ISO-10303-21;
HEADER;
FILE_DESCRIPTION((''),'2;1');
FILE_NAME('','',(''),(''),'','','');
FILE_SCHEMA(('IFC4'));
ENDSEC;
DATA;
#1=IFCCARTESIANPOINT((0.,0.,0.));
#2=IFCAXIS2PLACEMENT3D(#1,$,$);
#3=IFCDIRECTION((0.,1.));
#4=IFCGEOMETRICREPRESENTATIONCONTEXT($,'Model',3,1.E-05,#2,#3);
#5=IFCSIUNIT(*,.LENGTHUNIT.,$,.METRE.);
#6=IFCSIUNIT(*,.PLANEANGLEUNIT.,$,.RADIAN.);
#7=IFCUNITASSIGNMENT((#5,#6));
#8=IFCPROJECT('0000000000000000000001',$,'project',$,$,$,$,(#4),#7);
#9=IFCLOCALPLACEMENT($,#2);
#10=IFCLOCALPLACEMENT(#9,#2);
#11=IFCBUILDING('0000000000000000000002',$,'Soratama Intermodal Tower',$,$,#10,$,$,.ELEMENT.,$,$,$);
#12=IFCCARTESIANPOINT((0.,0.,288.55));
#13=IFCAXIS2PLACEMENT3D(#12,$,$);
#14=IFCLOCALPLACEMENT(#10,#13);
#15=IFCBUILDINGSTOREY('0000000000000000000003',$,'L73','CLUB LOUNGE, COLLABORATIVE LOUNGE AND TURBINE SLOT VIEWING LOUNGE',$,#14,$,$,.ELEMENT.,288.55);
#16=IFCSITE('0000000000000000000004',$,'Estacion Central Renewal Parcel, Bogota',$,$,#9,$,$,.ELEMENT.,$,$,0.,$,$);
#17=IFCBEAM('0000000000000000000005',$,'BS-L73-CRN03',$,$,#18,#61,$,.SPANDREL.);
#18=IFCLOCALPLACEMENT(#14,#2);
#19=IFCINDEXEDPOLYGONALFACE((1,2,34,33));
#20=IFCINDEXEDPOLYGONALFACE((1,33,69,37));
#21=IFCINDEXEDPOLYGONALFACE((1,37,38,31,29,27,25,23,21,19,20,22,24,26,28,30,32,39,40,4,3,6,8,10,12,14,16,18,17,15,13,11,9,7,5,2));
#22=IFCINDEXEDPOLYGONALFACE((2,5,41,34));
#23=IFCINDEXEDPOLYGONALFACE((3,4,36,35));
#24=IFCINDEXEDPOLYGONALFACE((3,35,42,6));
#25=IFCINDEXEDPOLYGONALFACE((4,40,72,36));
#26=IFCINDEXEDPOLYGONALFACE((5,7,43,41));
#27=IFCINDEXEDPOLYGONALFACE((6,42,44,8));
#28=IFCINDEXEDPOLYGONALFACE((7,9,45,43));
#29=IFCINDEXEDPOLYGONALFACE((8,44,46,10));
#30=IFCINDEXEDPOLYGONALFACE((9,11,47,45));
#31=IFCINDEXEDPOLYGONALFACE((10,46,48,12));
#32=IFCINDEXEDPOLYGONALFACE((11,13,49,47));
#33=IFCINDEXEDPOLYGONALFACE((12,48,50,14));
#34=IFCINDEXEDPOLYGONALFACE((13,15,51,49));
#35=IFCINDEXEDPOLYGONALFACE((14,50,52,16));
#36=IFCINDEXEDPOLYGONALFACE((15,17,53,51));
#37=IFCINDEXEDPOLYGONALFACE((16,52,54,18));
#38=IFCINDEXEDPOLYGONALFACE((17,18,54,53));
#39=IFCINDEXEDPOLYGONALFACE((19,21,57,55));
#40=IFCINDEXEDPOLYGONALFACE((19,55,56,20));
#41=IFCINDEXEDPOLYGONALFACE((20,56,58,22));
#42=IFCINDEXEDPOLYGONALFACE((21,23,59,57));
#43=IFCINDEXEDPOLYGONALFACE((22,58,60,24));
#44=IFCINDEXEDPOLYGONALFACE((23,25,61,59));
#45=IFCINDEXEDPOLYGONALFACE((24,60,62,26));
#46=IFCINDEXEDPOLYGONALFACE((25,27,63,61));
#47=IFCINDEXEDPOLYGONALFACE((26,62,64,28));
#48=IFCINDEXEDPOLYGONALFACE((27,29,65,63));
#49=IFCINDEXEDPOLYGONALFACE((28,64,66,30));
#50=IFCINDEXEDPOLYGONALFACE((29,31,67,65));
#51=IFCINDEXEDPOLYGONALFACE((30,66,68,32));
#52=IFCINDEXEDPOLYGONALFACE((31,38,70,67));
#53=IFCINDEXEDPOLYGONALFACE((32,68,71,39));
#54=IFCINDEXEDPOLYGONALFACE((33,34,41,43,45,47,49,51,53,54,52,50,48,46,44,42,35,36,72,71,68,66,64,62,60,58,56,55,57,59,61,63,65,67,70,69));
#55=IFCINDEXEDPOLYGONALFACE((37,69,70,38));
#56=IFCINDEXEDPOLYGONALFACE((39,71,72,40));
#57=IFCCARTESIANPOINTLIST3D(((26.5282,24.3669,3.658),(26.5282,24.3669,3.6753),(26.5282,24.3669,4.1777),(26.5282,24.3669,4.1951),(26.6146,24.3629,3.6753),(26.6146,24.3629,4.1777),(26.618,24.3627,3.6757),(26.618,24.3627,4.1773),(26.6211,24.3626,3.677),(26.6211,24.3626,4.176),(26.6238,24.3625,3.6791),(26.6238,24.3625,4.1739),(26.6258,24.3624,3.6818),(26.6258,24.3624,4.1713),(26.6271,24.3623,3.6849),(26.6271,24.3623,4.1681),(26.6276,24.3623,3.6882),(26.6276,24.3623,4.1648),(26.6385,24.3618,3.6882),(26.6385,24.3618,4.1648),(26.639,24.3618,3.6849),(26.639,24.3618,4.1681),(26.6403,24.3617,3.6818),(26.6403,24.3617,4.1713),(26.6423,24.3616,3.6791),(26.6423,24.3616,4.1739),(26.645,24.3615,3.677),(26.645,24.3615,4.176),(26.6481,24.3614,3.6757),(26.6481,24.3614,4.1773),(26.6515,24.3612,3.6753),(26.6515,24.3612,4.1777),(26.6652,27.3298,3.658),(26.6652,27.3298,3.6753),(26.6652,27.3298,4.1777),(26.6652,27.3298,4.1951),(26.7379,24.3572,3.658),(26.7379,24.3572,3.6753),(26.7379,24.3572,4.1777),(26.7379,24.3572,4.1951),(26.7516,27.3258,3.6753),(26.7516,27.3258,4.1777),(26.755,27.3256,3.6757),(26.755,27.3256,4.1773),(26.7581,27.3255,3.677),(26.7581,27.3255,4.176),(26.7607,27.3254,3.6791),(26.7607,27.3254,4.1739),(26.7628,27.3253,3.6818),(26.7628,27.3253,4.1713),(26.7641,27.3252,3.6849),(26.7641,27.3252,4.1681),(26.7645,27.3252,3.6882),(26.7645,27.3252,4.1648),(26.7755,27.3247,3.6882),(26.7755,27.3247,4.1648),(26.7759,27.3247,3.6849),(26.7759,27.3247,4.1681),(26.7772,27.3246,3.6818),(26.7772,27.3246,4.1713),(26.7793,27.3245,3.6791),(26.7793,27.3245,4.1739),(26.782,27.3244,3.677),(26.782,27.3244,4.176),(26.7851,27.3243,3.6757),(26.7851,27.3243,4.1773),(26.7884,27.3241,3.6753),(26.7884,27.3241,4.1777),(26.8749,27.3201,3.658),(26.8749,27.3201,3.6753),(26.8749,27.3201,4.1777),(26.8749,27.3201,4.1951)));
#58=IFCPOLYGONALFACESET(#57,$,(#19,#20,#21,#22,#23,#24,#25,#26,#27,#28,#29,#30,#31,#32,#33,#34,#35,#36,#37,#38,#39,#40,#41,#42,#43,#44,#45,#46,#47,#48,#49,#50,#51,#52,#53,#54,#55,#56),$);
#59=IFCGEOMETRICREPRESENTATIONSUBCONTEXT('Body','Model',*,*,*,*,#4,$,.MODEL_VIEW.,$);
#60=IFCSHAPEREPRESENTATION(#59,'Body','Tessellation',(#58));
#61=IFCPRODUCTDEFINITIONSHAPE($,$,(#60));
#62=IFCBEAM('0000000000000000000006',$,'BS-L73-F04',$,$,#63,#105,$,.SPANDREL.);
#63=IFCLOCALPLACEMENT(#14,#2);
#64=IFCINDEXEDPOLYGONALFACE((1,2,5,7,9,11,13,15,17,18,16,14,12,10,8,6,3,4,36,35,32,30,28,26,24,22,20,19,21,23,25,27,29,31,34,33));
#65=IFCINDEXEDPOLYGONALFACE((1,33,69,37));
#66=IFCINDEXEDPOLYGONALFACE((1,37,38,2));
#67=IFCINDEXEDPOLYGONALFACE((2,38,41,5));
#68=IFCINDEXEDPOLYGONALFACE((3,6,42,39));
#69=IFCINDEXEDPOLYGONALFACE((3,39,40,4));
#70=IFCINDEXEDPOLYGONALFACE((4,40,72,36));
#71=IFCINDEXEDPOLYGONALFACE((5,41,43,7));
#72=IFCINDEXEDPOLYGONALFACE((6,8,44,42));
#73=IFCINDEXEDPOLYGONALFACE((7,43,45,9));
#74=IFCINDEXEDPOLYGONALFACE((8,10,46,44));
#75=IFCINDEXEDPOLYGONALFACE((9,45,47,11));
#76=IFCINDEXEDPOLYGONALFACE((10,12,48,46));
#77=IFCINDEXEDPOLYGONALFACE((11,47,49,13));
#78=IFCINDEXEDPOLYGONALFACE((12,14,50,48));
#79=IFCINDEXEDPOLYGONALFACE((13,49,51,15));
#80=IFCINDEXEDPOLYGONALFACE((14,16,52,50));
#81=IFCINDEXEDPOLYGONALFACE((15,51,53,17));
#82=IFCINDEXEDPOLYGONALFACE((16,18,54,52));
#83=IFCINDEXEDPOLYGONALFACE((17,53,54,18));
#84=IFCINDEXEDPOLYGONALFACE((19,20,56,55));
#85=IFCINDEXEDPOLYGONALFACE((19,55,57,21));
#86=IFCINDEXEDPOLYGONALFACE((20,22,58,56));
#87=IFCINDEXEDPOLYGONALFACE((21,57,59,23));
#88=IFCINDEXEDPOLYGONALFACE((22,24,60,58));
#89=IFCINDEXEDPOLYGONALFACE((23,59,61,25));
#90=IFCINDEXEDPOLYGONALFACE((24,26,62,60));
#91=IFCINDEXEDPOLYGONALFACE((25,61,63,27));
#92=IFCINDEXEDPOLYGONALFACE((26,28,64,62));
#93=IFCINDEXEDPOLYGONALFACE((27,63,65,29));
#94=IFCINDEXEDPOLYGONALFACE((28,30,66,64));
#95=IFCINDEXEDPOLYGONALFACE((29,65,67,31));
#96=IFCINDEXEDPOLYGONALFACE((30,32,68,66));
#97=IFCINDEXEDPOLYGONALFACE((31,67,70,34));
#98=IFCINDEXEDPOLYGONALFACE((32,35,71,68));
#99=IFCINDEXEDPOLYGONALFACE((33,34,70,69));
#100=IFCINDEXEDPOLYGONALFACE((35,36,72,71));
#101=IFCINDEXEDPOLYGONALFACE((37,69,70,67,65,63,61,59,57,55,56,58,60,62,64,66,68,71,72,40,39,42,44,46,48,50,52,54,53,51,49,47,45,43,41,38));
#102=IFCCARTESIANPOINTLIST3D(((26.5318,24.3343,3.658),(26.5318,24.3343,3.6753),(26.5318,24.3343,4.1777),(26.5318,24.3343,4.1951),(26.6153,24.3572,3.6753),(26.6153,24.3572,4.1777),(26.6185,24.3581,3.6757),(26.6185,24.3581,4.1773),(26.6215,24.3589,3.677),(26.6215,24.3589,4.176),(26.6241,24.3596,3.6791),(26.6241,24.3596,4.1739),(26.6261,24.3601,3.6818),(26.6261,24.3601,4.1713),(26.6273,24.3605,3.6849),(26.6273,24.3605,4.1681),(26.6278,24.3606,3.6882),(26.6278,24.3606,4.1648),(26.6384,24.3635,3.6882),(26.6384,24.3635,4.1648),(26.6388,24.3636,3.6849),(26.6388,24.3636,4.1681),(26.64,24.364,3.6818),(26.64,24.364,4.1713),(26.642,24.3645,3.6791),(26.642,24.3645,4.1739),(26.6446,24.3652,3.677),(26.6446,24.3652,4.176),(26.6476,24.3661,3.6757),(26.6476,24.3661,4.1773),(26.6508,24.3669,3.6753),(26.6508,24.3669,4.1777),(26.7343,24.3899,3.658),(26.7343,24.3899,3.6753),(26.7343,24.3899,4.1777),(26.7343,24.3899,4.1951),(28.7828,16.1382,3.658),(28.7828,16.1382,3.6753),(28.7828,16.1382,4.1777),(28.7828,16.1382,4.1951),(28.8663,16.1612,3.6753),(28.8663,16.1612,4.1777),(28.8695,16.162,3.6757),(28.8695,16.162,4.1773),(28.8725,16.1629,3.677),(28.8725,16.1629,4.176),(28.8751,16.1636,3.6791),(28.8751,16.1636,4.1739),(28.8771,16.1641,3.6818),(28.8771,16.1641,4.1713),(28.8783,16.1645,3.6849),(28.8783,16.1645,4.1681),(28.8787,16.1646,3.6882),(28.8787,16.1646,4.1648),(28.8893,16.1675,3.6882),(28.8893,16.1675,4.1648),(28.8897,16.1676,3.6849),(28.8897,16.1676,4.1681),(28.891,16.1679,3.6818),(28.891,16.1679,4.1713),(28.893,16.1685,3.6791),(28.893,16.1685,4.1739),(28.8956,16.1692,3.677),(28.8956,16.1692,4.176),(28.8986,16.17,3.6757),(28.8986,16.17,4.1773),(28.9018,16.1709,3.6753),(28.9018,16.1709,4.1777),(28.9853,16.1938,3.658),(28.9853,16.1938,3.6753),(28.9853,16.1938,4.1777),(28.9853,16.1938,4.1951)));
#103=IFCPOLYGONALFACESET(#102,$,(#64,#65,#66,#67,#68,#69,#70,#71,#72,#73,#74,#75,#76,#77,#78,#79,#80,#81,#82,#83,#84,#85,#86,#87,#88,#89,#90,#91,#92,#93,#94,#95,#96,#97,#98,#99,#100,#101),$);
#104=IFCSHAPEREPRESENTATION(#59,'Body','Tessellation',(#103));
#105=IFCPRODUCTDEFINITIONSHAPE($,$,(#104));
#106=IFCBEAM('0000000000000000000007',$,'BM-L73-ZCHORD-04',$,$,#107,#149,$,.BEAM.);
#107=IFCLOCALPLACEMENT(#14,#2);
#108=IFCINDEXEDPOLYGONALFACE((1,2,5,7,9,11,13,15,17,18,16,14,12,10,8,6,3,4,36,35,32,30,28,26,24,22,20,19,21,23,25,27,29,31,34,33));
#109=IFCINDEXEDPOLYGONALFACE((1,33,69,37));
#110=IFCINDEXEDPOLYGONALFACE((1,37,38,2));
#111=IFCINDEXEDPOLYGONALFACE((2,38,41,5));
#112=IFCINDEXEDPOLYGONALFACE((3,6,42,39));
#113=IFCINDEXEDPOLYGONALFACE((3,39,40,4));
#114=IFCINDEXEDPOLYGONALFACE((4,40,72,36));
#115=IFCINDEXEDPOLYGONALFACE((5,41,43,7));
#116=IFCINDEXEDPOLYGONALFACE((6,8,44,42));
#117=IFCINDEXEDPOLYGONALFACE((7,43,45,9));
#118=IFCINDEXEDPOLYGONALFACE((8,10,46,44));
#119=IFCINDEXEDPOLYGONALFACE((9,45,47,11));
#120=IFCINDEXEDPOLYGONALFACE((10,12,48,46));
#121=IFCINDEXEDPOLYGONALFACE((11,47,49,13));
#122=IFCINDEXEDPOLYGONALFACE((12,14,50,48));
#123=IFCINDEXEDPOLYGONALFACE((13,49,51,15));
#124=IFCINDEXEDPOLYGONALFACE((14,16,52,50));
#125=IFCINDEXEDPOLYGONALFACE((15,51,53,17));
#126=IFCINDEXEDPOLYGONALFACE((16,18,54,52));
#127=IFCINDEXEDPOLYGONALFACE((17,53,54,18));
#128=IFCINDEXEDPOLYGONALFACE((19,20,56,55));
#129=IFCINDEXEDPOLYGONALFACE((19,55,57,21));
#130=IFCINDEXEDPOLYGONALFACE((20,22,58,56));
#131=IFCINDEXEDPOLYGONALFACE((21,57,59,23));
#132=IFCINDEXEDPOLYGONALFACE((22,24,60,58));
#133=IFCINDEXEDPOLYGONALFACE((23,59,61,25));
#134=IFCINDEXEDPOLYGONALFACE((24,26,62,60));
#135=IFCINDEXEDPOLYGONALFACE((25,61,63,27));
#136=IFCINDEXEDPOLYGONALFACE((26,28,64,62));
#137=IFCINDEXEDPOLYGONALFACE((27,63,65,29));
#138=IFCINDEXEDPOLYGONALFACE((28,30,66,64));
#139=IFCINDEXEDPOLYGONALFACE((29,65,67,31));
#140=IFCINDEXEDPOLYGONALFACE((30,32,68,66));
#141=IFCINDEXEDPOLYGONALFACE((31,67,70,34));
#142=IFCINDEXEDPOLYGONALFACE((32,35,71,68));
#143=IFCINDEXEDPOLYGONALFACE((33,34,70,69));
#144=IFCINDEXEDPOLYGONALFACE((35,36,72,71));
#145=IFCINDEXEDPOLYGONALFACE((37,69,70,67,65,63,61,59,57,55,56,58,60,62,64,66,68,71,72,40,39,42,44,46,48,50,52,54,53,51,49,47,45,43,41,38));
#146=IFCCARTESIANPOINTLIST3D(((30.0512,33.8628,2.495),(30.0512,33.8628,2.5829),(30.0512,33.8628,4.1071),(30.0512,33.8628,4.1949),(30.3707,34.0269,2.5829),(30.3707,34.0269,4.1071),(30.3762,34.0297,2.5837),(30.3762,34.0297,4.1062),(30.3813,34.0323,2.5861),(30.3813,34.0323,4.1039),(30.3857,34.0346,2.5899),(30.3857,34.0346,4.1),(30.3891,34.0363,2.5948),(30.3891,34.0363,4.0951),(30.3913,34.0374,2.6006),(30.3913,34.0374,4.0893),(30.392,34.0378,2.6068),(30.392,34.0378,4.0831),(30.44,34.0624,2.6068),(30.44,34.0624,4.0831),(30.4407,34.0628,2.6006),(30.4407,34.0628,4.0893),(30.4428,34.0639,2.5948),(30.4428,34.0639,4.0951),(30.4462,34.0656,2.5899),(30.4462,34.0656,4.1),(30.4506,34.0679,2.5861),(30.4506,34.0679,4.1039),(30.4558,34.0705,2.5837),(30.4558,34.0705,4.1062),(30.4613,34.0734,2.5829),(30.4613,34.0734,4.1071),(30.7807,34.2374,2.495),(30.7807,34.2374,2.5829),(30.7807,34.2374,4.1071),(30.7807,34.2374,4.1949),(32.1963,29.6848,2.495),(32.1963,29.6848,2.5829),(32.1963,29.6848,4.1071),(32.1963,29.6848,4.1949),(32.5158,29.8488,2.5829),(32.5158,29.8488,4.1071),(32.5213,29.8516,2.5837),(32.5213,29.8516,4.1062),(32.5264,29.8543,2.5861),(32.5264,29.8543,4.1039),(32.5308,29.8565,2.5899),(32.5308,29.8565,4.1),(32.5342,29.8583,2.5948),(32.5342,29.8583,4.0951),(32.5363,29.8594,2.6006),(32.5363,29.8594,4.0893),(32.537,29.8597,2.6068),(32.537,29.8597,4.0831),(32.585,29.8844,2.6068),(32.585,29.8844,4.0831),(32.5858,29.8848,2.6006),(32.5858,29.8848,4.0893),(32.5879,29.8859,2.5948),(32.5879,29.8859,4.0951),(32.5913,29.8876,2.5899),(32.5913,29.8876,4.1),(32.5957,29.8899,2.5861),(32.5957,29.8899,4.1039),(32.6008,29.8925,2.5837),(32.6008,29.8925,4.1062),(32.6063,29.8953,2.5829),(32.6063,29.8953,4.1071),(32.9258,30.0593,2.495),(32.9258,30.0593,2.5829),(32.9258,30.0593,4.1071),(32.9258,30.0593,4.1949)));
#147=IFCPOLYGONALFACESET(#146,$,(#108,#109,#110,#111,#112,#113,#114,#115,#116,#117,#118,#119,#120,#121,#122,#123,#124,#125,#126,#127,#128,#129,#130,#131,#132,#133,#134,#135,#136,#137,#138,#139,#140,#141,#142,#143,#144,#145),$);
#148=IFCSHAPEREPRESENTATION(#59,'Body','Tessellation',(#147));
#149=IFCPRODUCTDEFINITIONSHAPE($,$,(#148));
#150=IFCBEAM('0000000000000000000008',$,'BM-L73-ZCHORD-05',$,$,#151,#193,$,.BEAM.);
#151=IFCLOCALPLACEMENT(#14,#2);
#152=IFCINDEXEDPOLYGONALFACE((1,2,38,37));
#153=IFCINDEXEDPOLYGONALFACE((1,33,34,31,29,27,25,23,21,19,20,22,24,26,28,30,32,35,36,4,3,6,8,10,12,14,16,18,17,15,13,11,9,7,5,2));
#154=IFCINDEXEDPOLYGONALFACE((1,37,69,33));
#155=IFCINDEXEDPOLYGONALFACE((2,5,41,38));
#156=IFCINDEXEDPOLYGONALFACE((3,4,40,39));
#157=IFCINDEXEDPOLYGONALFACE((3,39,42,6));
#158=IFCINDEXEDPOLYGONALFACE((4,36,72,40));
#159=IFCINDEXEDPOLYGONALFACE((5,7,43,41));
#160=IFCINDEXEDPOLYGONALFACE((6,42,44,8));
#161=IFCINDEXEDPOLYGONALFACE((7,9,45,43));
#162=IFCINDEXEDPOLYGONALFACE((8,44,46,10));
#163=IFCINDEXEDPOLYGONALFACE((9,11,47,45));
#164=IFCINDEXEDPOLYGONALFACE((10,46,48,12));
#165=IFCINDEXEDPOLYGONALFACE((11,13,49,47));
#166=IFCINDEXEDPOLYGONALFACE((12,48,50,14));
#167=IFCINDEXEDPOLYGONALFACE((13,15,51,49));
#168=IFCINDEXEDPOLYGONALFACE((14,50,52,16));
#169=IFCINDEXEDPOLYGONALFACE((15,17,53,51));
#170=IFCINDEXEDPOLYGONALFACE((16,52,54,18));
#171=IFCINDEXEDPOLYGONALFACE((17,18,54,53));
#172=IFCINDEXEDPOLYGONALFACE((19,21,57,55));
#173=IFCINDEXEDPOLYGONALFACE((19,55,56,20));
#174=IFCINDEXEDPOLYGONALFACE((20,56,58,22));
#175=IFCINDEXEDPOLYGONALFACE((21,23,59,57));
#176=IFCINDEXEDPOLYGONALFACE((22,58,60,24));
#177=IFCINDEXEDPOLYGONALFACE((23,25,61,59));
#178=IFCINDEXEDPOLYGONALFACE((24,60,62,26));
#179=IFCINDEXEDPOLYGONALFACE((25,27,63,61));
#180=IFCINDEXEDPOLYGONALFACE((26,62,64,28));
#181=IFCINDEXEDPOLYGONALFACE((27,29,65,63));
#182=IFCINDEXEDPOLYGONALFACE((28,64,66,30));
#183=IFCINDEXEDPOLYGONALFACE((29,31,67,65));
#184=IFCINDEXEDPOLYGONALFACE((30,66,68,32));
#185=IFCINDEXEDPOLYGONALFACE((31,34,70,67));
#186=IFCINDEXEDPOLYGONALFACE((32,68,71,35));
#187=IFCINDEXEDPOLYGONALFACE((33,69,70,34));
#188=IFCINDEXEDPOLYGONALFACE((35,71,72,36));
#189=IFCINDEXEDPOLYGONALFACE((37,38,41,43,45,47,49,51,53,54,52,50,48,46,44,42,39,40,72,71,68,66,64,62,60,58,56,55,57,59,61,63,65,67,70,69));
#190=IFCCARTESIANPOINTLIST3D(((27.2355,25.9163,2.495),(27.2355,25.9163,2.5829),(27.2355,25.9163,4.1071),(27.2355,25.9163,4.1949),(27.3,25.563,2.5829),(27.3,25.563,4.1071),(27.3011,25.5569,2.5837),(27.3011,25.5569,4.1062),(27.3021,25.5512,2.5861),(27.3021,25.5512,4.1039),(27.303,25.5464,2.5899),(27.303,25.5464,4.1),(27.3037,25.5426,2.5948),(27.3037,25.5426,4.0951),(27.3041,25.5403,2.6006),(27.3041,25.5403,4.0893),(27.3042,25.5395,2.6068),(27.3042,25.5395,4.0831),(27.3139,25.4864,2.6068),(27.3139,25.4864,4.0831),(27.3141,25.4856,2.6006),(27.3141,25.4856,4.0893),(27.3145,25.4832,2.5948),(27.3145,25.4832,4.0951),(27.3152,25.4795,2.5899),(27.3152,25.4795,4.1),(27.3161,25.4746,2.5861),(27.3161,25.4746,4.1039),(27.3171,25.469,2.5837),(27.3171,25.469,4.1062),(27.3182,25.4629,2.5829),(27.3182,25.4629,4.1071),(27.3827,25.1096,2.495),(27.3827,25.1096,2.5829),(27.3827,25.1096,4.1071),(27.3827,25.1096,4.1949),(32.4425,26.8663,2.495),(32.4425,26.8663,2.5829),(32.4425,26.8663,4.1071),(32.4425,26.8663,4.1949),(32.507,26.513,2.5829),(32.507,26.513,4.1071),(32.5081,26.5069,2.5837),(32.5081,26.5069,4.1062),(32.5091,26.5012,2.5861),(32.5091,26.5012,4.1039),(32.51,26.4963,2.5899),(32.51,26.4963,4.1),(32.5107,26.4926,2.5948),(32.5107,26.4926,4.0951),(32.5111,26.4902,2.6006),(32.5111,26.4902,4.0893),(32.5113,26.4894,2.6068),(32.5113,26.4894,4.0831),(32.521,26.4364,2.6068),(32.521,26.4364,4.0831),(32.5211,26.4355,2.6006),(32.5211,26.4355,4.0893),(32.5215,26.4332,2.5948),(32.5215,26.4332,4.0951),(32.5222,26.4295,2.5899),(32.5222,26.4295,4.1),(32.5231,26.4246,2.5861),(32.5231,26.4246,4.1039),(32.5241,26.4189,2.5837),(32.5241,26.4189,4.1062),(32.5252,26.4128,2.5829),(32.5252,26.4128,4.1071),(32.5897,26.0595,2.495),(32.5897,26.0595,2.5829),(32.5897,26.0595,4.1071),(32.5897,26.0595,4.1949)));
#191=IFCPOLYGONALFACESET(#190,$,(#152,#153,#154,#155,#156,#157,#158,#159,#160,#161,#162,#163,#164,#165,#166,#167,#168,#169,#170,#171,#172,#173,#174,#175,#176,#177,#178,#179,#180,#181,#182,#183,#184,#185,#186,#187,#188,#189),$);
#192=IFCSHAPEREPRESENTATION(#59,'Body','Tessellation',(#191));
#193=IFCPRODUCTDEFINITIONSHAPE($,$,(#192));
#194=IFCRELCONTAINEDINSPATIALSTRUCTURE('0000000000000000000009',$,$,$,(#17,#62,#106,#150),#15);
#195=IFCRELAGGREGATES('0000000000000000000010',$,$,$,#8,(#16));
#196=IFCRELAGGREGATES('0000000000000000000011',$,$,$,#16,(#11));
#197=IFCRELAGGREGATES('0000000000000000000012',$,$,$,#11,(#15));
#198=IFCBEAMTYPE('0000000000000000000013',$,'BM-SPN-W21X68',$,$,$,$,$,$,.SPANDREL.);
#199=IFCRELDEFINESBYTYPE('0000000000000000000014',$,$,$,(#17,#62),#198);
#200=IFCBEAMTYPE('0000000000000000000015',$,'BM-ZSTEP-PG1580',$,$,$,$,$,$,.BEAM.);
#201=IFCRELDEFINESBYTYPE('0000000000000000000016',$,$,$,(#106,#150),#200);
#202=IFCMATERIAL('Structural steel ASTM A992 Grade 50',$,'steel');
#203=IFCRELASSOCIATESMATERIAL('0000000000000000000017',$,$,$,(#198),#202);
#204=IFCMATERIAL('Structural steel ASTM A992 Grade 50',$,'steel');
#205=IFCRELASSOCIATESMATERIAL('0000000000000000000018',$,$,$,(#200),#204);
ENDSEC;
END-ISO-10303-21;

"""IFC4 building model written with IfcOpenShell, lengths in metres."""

from ifc_helpers import new_model, si_unit, direction, frame, origin, origin_2d, place, context, subcontext, project, spatial, i_section, extrude, material, material_profile, profile_set, type_object, element, save


model = new_model("IFC4")

# Units and contexts
model_context = context("Model", 3, precision=1e-05, world=origin(), true_north=direction((0.0, 1.0)))
body_context = subcontext(model_context, "Body", "Model", "MODEL_VIEW")
ifc_project = project(units=[si_unit("LENGTHUNIT", "METRE"), si_unit("PLANEANGLEUNIT", "RADIAN")], contexts=[model_context])

# Site, building, storey
site_placement = place(None, origin())
site = spatial("IfcSite", under=ifc_project, at=site_placement, Name="Estacion Central Renewal Parcel, Bogota", CompositionType="ELEMENT", RefElevation=0.0)
building_placement = place(site_placement, origin())
building = spatial("IfcBuilding", under=site, at=building_placement, Name="Soratama Intermodal Tower", CompositionType="ELEMENT")
storey_placement = place(building_placement, frame((0.0, 0.0, 288.55)))
storey = spatial("IfcBuildingStorey", under=building, at=storey_placement, Name="L73", Description="CLUB LOUNGE, COLLABORATIVE LOUNGE AND TURBINE SLOT VIEWING LOUNGE", CompositionType="ELEMENT", Elevation=288.55)

# Beams
ifc_material_1 = material(Name="Structural steel ASTM A992 Grade 50", Category="steel")
ifc_material_profile_1 = material_profile(ifc_material_1, i_section(OverallWidth=0.21, OverallDepth=0.5371, WebThickness=0.011, FlangeThickness=0.0173, FilletRadius=0.0129, at=origin_2d()), Name="W21X68")
ifc_profile_set_1 = profile_set([ifc_material_profile_1], Name="Structural steel ASTM A992 Grade 50")
beam_type_1 = type_object("IfcBeamType", Name="BM-SPN-W21X68", PredefinedType="SPANDREL", material=ifc_profile_set_1)
beam_1_placement = place(storey_placement, frame((26.77, 27.325, 3.9265), z_axis=(-0.046177, -0.998933, 0.0), x_axis=(0.998933, -0.046177, 0.0)))
element("IfcBeam", 1, at=beam_1_placement, inside=storey, type_object=beam_type_1, Name="BS-L73-CRN03", PredefinedType="SPANDREL", context=body_context, shape_type="SweptSolid", body=[
    extrude(i_section(OverallWidth=0.21, OverallDepth=0.5371, WebThickness=0.011, FlangeThickness=0.0173, FilletRadius=0.0129, at=origin_2d()), origin(), (0.0, 0.0, 1.0), 2.9661),
])
beam_2_placement = place(storey_placement, frame((26.6331, 24.3621, 3.9265), z_axis=(0.264835, -0.964294, 0.0), x_axis=(0.964294, 0.264835, 0.0)))
element("IfcBeam", 2, at=beam_2_placement, inside=storey, type_object=beam_type_1, Name="BS-L73-F04", PredefinedType="SPANDREL", context=body_context, shape_type="SweptSolid", body=[
    extrude(i_section(OverallWidth=0.21, OverallDepth=0.5371, WebThickness=0.011, FlangeThickness=0.0173, FilletRadius=0.0129, at=origin_2d()), origin(), (0.0, 0.0, 1.0), 8.4995),
])
ifc_material_2 = material(Name="Structural steel ASTM A992 Grade 50", Category="steel")
ifc_material_profile_2 = material_profile(ifc_material_2, i_section(OverallWidth=0.8201, OverallDepth=1.7, WebThickness=0.054, FlangeThickness=0.0879, FilletRadius=0.0239, at=origin_2d()), Name="PG1580X800")
ifc_profile_set_2 = profile_set([ifc_material_profile_2], Name="Structural steel ASTM A992 Grade 50")
beam_type_2 = type_object("IfcBeamType", Name="BM-ZSTEP-PG1580", PredefinedType="BEAM", material=ifc_profile_set_2)
beam_3_placement = place(storey_placement, frame((32.561, 29.8721, 3.345), z_axis=(-0.456732, 0.889604, 0.0), x_axis=(-0.889604, -0.456732, 0.0)))
element("IfcBeam", 3, at=beam_3_placement, inside=storey, type_object=beam_type_2, Name="BM-L73-ZCHORD-04", PredefinedType="BEAM", context=body_context, shape_type="SweptSolid", body=[
    extrude(i_section(OverallWidth=0.8201, OverallDepth=1.7, WebThickness=0.054, FlangeThickness=0.0879, FilletRadius=0.0239, at=origin_2d()), origin(), (0.0, 0.0, 1.0), 4.6965),
])
beam_4_placement = place(storey_placement, frame((32.5161, 26.4629, 3.345), z_axis=(-0.983763, -0.179474, 0.0), x_axis=(0.179474, -0.983763, 0.0)))
element("IfcBeam", 4, at=beam_4_placement, inside=storey, type_object=beam_type_2, Name="BM-L73-ZCHORD-05", PredefinedType="BEAM", context=body_context, shape_type="SweptSolid", body=[
    extrude(i_section(OverallWidth=0.8201, OverallDepth=1.7, WebThickness=0.054, FlangeThickness=0.0879, FilletRadius=0.0239, at=origin_2d()), origin(), (0.0, 0.0, 1.0), 5.293),
])

save(model, "model.ifc")
